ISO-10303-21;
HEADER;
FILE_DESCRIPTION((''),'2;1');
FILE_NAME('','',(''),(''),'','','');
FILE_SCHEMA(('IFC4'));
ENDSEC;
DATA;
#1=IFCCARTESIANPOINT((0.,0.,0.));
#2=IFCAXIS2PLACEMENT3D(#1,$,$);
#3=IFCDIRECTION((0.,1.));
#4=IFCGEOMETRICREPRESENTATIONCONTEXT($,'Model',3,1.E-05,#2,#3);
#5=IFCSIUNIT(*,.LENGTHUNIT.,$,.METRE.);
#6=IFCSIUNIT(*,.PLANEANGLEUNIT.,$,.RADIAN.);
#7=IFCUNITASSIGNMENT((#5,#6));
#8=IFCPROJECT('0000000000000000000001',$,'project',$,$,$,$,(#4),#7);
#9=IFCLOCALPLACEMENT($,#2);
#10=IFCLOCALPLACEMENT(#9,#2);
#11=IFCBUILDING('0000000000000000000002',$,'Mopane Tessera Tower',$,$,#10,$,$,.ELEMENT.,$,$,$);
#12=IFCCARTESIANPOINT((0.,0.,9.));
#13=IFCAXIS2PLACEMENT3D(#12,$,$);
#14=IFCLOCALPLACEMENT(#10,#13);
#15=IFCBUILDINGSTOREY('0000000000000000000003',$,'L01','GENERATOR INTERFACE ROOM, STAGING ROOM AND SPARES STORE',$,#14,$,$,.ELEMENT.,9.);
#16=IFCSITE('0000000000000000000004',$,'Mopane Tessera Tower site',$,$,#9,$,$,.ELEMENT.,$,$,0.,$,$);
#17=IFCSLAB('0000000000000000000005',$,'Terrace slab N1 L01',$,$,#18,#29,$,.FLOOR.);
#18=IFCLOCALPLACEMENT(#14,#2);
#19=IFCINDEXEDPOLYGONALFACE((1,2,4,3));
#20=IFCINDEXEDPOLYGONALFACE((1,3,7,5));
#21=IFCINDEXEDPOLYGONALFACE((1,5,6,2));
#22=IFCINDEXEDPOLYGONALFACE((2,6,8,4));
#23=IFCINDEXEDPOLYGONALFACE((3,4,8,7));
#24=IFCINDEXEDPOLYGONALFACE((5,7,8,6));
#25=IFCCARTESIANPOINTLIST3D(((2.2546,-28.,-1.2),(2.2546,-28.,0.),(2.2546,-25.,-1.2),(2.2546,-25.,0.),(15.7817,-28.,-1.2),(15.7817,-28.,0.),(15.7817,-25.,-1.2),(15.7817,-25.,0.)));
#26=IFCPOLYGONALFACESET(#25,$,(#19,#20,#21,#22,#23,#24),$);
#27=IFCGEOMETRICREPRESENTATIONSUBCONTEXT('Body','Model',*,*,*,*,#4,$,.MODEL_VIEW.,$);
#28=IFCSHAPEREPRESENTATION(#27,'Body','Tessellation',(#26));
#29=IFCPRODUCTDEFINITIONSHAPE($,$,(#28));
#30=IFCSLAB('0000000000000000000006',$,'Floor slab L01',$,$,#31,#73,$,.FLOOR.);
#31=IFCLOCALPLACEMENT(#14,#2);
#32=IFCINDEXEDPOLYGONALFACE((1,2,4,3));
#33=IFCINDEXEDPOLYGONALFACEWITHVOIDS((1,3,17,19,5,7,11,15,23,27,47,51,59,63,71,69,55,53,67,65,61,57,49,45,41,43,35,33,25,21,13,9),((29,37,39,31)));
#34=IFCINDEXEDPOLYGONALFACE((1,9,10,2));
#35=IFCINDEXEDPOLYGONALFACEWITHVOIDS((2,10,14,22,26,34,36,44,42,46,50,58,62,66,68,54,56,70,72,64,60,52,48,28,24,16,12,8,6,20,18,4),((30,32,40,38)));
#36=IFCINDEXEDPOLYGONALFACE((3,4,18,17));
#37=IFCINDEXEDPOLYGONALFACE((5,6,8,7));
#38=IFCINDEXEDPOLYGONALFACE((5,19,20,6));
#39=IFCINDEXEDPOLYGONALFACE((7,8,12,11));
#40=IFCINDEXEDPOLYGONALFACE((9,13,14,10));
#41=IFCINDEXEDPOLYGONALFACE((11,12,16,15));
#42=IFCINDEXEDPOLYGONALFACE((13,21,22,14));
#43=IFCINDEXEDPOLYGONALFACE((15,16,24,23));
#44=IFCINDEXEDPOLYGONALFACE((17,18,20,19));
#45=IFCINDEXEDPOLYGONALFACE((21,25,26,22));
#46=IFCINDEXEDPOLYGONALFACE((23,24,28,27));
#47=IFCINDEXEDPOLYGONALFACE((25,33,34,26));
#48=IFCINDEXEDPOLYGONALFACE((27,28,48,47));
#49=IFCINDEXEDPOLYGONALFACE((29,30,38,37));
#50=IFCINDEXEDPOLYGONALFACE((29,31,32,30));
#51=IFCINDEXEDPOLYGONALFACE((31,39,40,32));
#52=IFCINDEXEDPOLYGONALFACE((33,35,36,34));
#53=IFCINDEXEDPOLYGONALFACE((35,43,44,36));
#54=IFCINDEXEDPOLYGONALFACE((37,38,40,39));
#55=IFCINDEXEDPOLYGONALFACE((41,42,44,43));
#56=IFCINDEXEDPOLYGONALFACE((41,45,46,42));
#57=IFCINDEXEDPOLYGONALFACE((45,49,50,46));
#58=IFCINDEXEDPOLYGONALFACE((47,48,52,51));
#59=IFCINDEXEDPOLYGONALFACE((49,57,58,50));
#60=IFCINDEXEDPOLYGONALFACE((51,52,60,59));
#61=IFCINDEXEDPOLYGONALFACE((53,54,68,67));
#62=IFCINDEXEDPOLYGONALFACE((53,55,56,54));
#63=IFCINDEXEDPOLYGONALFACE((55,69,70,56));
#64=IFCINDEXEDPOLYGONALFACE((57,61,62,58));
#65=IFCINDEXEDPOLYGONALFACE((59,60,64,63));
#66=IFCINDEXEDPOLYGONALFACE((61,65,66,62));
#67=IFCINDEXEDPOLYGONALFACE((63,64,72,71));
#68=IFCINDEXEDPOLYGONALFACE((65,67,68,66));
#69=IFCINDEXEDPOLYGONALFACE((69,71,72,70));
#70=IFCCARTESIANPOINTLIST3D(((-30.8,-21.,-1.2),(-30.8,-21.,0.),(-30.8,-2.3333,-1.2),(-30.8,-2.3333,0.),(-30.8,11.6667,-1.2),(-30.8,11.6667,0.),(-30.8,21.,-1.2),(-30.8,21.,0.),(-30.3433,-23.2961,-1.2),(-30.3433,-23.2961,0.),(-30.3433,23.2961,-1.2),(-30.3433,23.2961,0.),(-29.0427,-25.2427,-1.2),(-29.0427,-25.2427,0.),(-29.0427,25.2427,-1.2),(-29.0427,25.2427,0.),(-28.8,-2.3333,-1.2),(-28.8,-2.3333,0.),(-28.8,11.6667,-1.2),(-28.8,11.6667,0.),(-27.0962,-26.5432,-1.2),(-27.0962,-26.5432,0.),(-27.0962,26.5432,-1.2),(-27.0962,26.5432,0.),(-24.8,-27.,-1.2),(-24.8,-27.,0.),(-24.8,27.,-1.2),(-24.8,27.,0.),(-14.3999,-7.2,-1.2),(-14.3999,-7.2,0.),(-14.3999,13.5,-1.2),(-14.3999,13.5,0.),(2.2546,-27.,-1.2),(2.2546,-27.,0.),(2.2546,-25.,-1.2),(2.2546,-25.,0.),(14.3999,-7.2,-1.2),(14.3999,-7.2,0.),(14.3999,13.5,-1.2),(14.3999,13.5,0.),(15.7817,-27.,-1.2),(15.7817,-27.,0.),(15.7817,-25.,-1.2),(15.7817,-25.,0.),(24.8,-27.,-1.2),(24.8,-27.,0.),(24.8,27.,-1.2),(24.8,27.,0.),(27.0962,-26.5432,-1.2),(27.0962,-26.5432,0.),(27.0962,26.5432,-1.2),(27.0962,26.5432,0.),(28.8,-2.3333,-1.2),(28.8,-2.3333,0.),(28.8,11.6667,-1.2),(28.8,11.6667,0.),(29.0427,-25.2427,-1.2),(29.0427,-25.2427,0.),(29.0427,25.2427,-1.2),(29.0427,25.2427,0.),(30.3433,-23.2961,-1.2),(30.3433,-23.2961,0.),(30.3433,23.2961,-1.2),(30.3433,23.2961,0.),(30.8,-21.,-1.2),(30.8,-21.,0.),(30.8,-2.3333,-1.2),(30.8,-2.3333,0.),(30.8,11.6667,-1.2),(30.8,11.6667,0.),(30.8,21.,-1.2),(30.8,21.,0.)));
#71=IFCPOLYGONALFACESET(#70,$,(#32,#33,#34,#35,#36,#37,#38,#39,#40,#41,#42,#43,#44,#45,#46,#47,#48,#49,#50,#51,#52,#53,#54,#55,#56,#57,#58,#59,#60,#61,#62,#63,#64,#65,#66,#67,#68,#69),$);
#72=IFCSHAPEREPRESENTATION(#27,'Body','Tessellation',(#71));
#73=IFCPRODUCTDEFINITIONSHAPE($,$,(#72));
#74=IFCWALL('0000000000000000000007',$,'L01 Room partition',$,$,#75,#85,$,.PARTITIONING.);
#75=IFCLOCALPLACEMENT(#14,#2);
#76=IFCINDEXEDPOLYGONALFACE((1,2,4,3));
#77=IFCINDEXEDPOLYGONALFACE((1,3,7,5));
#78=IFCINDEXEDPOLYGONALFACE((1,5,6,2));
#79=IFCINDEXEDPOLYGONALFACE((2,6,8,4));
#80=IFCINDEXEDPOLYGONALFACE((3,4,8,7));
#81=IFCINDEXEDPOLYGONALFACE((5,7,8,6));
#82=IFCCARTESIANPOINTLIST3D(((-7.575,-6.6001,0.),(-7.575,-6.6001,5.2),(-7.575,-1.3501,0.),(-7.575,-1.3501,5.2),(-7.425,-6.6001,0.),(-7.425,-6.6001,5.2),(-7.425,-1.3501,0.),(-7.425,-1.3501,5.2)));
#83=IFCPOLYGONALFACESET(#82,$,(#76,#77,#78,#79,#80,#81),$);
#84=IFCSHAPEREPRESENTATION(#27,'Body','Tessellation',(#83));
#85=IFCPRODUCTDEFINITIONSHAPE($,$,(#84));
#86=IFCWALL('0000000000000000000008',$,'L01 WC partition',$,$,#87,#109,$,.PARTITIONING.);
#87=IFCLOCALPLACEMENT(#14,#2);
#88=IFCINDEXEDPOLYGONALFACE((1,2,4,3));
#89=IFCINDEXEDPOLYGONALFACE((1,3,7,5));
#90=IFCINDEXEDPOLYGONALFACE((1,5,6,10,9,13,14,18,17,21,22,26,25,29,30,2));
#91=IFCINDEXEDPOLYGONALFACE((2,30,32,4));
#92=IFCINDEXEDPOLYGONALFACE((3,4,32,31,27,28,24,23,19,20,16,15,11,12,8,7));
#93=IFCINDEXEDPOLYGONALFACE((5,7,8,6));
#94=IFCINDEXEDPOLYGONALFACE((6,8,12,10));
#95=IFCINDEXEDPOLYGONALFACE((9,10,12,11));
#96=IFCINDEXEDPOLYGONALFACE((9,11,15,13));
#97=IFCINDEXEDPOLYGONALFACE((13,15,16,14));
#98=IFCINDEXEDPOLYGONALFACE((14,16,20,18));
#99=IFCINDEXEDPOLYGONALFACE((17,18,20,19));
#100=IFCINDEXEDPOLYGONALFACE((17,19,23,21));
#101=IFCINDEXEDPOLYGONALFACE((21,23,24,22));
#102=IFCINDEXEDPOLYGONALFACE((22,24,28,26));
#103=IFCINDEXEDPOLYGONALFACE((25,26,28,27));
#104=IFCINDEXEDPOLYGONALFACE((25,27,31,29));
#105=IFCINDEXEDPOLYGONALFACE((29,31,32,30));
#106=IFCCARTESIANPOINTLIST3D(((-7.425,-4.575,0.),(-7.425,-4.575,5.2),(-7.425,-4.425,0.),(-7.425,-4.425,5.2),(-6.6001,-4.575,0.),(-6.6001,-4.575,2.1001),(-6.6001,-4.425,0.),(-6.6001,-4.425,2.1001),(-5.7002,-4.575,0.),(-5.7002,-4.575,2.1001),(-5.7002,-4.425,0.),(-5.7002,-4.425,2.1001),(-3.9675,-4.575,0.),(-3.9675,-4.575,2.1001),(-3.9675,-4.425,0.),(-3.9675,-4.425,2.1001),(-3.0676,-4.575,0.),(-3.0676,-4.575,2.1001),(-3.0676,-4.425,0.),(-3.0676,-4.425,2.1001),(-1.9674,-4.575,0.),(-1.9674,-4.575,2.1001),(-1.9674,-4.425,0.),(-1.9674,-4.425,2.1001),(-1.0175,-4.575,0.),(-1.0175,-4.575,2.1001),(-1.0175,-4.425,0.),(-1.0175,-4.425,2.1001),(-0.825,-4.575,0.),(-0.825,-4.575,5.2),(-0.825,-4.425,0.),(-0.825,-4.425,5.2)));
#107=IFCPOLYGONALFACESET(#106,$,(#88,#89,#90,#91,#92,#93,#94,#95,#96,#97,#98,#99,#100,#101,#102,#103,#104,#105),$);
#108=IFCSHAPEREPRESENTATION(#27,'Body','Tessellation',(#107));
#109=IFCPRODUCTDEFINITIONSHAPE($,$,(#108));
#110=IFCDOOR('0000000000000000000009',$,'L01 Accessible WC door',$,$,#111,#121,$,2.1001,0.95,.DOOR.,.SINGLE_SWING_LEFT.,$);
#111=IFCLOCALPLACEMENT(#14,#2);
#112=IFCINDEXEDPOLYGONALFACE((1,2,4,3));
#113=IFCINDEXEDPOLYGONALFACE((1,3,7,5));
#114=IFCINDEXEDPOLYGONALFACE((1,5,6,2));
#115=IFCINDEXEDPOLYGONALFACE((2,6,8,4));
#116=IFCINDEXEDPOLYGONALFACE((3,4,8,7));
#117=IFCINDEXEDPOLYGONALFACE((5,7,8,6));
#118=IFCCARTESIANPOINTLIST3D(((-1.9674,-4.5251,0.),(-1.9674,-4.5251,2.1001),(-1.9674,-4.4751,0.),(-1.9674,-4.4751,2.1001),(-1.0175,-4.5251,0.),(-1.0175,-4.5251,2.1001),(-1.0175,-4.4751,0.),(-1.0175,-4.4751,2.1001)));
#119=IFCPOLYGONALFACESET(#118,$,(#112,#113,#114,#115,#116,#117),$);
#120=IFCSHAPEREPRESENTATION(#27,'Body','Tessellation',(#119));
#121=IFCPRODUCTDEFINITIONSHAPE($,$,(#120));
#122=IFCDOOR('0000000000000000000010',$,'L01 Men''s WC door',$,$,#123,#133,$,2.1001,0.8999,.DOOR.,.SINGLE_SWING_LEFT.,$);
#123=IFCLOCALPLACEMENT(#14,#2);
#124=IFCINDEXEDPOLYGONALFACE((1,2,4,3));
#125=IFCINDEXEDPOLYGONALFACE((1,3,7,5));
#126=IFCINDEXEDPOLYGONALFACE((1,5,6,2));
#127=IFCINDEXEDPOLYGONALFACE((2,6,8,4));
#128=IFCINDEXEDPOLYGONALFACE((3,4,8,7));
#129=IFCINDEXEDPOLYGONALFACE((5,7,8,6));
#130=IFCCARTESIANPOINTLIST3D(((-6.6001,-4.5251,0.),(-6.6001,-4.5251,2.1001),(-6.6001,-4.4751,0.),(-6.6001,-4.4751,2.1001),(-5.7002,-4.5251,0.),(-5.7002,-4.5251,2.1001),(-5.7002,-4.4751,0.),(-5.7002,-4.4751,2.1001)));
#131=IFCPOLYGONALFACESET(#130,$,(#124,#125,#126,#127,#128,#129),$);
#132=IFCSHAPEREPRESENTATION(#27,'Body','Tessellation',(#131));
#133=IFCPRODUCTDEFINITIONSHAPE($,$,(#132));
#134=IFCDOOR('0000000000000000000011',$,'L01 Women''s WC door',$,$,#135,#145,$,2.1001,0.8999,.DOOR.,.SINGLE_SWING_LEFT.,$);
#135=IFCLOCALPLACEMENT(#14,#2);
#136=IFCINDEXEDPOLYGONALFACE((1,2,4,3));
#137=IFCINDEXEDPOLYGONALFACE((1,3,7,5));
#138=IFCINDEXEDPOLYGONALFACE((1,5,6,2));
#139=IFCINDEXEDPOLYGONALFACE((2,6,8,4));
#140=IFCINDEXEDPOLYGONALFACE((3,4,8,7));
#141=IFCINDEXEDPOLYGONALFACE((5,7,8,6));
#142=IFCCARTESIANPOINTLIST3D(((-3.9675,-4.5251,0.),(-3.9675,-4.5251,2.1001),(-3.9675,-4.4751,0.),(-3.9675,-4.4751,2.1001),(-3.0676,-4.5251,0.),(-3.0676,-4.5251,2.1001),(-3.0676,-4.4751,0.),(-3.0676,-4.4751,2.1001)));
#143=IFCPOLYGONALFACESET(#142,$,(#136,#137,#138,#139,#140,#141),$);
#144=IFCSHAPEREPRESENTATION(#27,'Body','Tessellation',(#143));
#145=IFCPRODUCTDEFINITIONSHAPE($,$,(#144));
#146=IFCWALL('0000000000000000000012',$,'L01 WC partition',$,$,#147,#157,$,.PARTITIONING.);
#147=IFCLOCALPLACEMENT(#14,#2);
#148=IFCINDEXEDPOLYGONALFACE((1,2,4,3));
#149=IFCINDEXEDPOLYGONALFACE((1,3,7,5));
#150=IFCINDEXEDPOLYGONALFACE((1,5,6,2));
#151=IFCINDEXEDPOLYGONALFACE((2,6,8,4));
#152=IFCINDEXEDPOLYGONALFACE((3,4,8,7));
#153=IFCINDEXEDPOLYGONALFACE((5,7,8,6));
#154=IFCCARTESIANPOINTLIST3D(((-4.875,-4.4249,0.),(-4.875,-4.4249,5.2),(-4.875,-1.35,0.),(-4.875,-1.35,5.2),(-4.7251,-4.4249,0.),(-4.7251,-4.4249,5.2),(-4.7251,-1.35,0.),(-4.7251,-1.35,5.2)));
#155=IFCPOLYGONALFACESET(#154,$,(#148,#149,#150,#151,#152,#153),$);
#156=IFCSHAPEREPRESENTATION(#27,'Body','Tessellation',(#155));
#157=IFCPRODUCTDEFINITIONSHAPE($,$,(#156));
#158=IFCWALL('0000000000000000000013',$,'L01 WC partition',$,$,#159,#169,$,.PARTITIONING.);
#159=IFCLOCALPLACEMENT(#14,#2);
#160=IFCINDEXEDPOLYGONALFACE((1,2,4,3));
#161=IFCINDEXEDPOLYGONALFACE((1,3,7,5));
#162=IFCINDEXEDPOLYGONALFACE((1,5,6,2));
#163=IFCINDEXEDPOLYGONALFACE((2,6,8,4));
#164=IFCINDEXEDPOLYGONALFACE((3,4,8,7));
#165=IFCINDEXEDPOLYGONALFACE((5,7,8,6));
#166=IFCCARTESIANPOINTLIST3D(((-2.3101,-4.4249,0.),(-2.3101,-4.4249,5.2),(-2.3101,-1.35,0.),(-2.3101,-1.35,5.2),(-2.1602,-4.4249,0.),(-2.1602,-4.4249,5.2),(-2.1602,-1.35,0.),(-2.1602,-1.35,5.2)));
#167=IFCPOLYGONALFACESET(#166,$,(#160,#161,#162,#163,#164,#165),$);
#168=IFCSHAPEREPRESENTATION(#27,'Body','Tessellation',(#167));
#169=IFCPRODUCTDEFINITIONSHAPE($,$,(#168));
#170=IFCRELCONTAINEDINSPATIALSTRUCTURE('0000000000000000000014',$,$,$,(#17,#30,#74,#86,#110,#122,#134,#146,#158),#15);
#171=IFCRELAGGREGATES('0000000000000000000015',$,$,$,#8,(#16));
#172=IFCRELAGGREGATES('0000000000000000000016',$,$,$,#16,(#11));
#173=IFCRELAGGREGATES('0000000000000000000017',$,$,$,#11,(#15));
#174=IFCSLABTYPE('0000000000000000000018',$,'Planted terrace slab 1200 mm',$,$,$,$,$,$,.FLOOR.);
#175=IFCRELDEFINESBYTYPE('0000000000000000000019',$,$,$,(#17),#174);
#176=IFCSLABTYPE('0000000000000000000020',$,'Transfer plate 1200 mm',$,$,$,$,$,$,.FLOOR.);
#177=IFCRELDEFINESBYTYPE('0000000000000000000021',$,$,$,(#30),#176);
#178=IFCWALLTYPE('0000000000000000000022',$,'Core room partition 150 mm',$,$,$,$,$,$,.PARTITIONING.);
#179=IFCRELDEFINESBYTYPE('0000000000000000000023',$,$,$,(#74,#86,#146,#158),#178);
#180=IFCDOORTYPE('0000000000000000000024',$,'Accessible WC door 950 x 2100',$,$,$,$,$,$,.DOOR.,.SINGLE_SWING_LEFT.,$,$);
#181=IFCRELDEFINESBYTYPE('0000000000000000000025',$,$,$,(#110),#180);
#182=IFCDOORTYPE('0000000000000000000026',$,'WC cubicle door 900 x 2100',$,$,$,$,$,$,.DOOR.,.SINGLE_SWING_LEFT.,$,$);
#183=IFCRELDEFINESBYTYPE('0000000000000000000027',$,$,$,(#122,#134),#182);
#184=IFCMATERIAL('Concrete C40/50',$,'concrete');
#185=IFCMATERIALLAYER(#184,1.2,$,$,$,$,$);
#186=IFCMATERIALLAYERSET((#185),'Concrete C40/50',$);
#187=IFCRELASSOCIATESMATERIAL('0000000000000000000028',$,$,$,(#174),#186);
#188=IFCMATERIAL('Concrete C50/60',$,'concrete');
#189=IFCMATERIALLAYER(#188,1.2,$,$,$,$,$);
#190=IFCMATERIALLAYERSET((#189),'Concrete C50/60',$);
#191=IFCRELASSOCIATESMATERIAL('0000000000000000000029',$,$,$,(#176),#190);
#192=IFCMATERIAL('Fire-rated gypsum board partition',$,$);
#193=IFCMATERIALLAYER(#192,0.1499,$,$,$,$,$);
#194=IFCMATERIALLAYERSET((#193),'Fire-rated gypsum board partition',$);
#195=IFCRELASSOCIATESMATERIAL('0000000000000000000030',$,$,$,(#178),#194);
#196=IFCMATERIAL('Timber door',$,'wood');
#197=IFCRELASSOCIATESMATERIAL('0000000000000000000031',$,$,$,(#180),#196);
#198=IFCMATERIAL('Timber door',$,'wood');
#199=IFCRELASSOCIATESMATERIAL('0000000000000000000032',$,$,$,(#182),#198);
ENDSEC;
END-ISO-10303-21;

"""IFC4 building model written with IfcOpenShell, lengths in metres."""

from ifc_helpers import new_model, si_unit, direction, frame, frame_2d, origin, place, context, subcontext, project, spatial, polyline, rectangle, outline, extrude, material, layer, layer_set, type_object, element, fill, save


model = new_model("IFC4")

# Units and contexts
model_context = context("Model", 3, precision=1e-05, world=origin(), true_north=direction((0.0, 1.0)))
body_context = subcontext(model_context, "Body", "Model", "MODEL_VIEW")
ifc_project = project(units=[si_unit("LENGTHUNIT", "METRE"), si_unit("PLANEANGLEUNIT", "RADIAN")], contexts=[model_context])

# Site, building, storey
site_placement = place(None, origin())
site = spatial("IfcSite", under=ifc_project, at=site_placement, Name="Mopane Tessera Tower site", CompositionType="ELEMENT", RefElevation=0.0)
building_placement = place(site_placement, origin())
building = spatial("IfcBuilding", under=site, at=building_placement, Name="Mopane Tessera Tower", CompositionType="ELEMENT")
storey_placement = place(building_placement, frame((0.0, 0.0, 9.0)))
storey = spatial("IfcBuildingStorey", under=building, at=storey_placement, Name="L01", Description="GENERATOR INTERFACE ROOM, STAGING ROOM AND SPARES STORE", CompositionType="ELEMENT", Elevation=9.0)

# Slabs
ifc_material_1 = material(Name="Concrete C40/50", Category="concrete")
ifc_layer_1 = layer(ifc_material_1, 1.2)
ifc_layer_set_1 = layer_set([ifc_layer_1], Name="Concrete C40/50")
slab_type_1 = type_object("IfcSlabType", Name="Planted terrace slab 1200 mm", PredefinedType="FLOOR", material=ifc_layer_set_1)
slab_1_placement = place(storey_placement, frame((0.0, 0.0, -1.2)))
element("IfcSlab", 1, at=slab_1_placement, inside=storey, type_object=slab_type_1, Name="Terrace slab N1 L01", PredefinedType="FLOOR", context=body_context, shape_type="SweptSolid", body=[
    extrude(outline(polyline([(15.7817, -28.0), (15.7817, -25.0), (2.2546, -25.0), (2.2546, -28.0), (15.7817, -28.0)])), origin(), (0.0, 0.0, 1.0), 1.2),
])
ifc_material_2 = material(Name="Concrete C50/60", Category="concrete")
ifc_layer_2 = layer(ifc_material_2, 1.2)
ifc_layer_set_2 = layer_set([ifc_layer_2], Name="Concrete C50/60")
slab_type_2 = type_object("IfcSlabType", Name="Transfer plate 1200 mm", PredefinedType="FLOOR", material=ifc_layer_set_2)
slab_2_placement = place(storey_placement, frame((0.0, 0.0, -1.2)))
element("IfcSlab", 2, at=slab_2_placement, inside=storey, type_object=slab_type_2, Name="Floor slab L01", PredefinedType="FLOOR", context=body_context, shape_type="SweptSolid", body=[
    extrude(outline(polyline([(-24.8, -27.0), (2.2546, -27.0), (2.2546, -25.0), (15.7817, -25.0), (15.7817, -27.0), (24.8, -27.0), (27.0962, -26.5432), (29.0427, -25.2427), (30.3433, -23.2961), (30.8, -21.0), (30.8, -2.3333), (28.8, -2.3333), (28.8, 11.6667), (30.8, 11.6667), (30.8, 21.0), (30.3433, 23.2961), (29.0427, 25.2427), (27.0962, 26.5432), (24.8, 27.0), (-24.8, 27.0), (-27.0962, 26.5432), (-29.0427, 25.2427), (-30.3433, 23.2961), (-30.8, 21.0), (-30.8, 11.6667), (-28.8, 11.6667), (-28.8, -2.3333), (-30.8, -2.3333), (-30.8, -21.0), (-30.3433, -23.2961), (-29.0427, -25.2427), (-27.0962, -26.5432), (-24.8, -27.0)]), holes=[polyline([(14.3999, -7.2), (-14.3999, -7.2), (-14.3999, 13.5), (14.3999, 13.5), (14.3999, -7.2)])]), origin(), (0.0, 0.0, 1.0), 1.2),
])

# Wall
ifc_material_3 = material(Name="Fire-rated gypsum board partition")
ifc_layer_3 = layer(ifc_material_3, 0.1499)
ifc_layer_set_3 = layer_set([ifc_layer_3], Name="Fire-rated gypsum board partition")
wall_type_1 = type_object("IfcWallType", Name="Core room partition 150 mm", PredefinedType="PARTITIONING", material=ifc_layer_set_3)
wall_1_placement = place(storey_placement, frame((-7.5, -6.6001, 0.0), z_axis=(0.0, 0.0, 1.0), x_axis=(0.0, 1.0, 0.0)))
element("IfcWall", 3, at=wall_1_placement, inside=storey, type_object=wall_type_1, Name="L01 Room partition", PredefinedType="PARTITIONING", context=body_context, shape_type="SweptSolid", body=[
    extrude(rectangle(XDim=5.25, YDim=0.1499, at=frame_2d((2.625, 0.0))), origin(), (0.0, 0.0, 1.0), 5.2),
])

# Wall, openings, doors
wall_2_placement = place(storey_placement, frame((-7.425, -4.5, 0.0), z_axis=(0.0, 0.0, 1.0), x_axis=(1.0, 0.0, 0.0)))
wall_2 = element("IfcWall", 4, at=wall_2_placement, inside=storey, type_object=wall_type_1, Name="L01 WC partition", PredefinedType="PARTITIONING", context=body_context, shape_type="SweptSolid", body=[
    extrude(rectangle(XDim=6.6001, YDim=0.1499, at=frame_2d((3.3, 0.0))), origin(), (0.0, 0.0, 1.0), 5.2),
])
opening_1_placement = place(wall_2_placement, frame((0.825, 0.0, 0.0)))
opening_1 = element("IfcOpeningElement", 5, at=opening_1_placement, cuts=wall_2, PredefinedType="OPENING", context=body_context, shape_type="SweptSolid", body=[
    extrude(rectangle(XDim=0.8999, YDim=2.1001, at=frame_2d((0.45, 1.05))), frame((0.0, 0.0869, 0.0), z_axis=(0.0, -1.0, 0.0), x_axis=(1.0, 0.0, 0.0)), (0.0, 0.0, 1.0), 0.1738),
])
opening_2_placement = place(wall_2_placement, frame((3.4575, 0.0, 0.0)))
opening_2 = element("IfcOpeningElement", 6, at=opening_2_placement, cuts=wall_2, PredefinedType="OPENING", context=body_context, shape_type="SweptSolid", body=[
    extrude(rectangle(XDim=0.8999, YDim=2.1001, at=frame_2d((0.45, 1.05))), frame((0.0, 0.0869, 0.0), z_axis=(0.0, -1.0, 0.0), x_axis=(1.0, 0.0, 0.0)), (0.0, 0.0, 1.0), 0.1738),
])
opening_3_placement = place(wall_2_placement, frame((5.4575, 0.0, 0.0)))
opening_3 = element("IfcOpeningElement", 7, at=opening_3_placement, cuts=wall_2, PredefinedType="OPENING", context=body_context, shape_type="SweptSolid", body=[
    extrude(rectangle(XDim=0.95, YDim=2.1001, at=frame_2d((0.4751, 1.05))), frame((0.0, 0.0869, 0.0), z_axis=(0.0, -1.0, 0.0), x_axis=(1.0, 0.0, 0.0)), (0.0, 0.0, 1.0), 0.1738),
])
ifc_material_4 = material(Name="Timber door", Category="wood")
door_type_1 = type_object("IfcDoorType", Name="Accessible WC door 950 x 2100", OperationType="SINGLE_SWING_LEFT", PredefinedType="DOOR", material=ifc_material_4)
door_1_placement = place(opening_3_placement, origin())
door_1 = element("IfcDoor", 8, at=door_1_placement, inside=storey, type_object=door_type_1, Name="L01 Accessible WC door", OperationType="SINGLE_SWING_LEFT", OverallHeight=2.1001, OverallWidth=0.95, PredefinedType="DOOR", context=body_context, shape_type="SweptSolid", body=[
    extrude(rectangle(XDim=0.95, YDim=2.1001, at=frame_2d((0.4751, 1.05))), frame((0.0, 0.0249, 0.0), z_axis=(0.0, -1.0, 0.0), x_axis=(1.0, 0.0, 0.0)), (0.0, 0.0, 1.0), 0.05),
])
fill(opening_3, door_1)
ifc_material_5 = material(Name="Timber door", Category="wood")
door_type_2 = type_object("IfcDoorType", Name="WC cubicle door 900 x 2100", OperationType="SINGLE_SWING_LEFT", PredefinedType="DOOR", material=ifc_material_5)
door_2_placement = place(opening_1_placement, origin())
door_2 = element("IfcDoor", 9, at=door_2_placement, inside=storey, type_object=door_type_2, Name="L01 Men's WC door", OperationType="SINGLE_SWING_LEFT", OverallHeight=2.1001, OverallWidth=0.8999, PredefinedType="DOOR", context=body_context, shape_type="SweptSolid", body=[
    extrude(rectangle(XDim=0.8999, YDim=2.1001, at=frame_2d((0.45, 1.05))), frame((0.0, 0.0249, 0.0), z_axis=(0.0, -1.0, 0.0), x_axis=(1.0, 0.0, 0.0)), (0.0, 0.0, 1.0), 0.05),
])
fill(opening_1, door_2)
door_3_placement = place(opening_2_placement, origin())
door_3 = element("IfcDoor", 10, at=door_3_placement, inside=storey, type_object=door_type_2, Name="L01 Women's WC door", OperationType="SINGLE_SWING_LEFT", OverallHeight=2.1001, OverallWidth=0.8999, PredefinedType="DOOR", context=body_context, shape_type="SweptSolid", body=[
    extrude(rectangle(XDim=0.8999, YDim=2.1001, at=frame_2d((0.45, 1.05))), frame((0.0, 0.0249, 0.0), z_axis=(0.0, -1.0, 0.0), x_axis=(1.0, 0.0, 0.0)), (0.0, 0.0, 1.0), 0.05),
])
fill(opening_2, door_3)

# Walls
for number, where, z_axis, x_axis, name in (
    (11, (-4.8, -4.425, 0.0), (0.0, 0.0, 1.0), (0.0, 1.0, 0.0), "L01 WC partition"),
    (12, (-2.2351, -4.425, 0.0), (0.0, 0.0, 1.0), (0.0, 1.0, 0.0), "L01 WC partition"),
):
    element("IfcWall", number, at=place(storey_placement, frame(where, z_axis=z_axis, x_axis=x_axis)), inside=storey, type_object=wall_type_1, Name=name, PredefinedType="PARTITIONING", context=body_context, shape_type="SweptSolid", body=[
        extrude(rectangle(XDim=3.075, YDim=0.1499, at=frame_2d((1.5376, 0.0))), origin(), (0.0, 0.0, 1.0), 5.2),
    ])

save(model, "model.ifc")
